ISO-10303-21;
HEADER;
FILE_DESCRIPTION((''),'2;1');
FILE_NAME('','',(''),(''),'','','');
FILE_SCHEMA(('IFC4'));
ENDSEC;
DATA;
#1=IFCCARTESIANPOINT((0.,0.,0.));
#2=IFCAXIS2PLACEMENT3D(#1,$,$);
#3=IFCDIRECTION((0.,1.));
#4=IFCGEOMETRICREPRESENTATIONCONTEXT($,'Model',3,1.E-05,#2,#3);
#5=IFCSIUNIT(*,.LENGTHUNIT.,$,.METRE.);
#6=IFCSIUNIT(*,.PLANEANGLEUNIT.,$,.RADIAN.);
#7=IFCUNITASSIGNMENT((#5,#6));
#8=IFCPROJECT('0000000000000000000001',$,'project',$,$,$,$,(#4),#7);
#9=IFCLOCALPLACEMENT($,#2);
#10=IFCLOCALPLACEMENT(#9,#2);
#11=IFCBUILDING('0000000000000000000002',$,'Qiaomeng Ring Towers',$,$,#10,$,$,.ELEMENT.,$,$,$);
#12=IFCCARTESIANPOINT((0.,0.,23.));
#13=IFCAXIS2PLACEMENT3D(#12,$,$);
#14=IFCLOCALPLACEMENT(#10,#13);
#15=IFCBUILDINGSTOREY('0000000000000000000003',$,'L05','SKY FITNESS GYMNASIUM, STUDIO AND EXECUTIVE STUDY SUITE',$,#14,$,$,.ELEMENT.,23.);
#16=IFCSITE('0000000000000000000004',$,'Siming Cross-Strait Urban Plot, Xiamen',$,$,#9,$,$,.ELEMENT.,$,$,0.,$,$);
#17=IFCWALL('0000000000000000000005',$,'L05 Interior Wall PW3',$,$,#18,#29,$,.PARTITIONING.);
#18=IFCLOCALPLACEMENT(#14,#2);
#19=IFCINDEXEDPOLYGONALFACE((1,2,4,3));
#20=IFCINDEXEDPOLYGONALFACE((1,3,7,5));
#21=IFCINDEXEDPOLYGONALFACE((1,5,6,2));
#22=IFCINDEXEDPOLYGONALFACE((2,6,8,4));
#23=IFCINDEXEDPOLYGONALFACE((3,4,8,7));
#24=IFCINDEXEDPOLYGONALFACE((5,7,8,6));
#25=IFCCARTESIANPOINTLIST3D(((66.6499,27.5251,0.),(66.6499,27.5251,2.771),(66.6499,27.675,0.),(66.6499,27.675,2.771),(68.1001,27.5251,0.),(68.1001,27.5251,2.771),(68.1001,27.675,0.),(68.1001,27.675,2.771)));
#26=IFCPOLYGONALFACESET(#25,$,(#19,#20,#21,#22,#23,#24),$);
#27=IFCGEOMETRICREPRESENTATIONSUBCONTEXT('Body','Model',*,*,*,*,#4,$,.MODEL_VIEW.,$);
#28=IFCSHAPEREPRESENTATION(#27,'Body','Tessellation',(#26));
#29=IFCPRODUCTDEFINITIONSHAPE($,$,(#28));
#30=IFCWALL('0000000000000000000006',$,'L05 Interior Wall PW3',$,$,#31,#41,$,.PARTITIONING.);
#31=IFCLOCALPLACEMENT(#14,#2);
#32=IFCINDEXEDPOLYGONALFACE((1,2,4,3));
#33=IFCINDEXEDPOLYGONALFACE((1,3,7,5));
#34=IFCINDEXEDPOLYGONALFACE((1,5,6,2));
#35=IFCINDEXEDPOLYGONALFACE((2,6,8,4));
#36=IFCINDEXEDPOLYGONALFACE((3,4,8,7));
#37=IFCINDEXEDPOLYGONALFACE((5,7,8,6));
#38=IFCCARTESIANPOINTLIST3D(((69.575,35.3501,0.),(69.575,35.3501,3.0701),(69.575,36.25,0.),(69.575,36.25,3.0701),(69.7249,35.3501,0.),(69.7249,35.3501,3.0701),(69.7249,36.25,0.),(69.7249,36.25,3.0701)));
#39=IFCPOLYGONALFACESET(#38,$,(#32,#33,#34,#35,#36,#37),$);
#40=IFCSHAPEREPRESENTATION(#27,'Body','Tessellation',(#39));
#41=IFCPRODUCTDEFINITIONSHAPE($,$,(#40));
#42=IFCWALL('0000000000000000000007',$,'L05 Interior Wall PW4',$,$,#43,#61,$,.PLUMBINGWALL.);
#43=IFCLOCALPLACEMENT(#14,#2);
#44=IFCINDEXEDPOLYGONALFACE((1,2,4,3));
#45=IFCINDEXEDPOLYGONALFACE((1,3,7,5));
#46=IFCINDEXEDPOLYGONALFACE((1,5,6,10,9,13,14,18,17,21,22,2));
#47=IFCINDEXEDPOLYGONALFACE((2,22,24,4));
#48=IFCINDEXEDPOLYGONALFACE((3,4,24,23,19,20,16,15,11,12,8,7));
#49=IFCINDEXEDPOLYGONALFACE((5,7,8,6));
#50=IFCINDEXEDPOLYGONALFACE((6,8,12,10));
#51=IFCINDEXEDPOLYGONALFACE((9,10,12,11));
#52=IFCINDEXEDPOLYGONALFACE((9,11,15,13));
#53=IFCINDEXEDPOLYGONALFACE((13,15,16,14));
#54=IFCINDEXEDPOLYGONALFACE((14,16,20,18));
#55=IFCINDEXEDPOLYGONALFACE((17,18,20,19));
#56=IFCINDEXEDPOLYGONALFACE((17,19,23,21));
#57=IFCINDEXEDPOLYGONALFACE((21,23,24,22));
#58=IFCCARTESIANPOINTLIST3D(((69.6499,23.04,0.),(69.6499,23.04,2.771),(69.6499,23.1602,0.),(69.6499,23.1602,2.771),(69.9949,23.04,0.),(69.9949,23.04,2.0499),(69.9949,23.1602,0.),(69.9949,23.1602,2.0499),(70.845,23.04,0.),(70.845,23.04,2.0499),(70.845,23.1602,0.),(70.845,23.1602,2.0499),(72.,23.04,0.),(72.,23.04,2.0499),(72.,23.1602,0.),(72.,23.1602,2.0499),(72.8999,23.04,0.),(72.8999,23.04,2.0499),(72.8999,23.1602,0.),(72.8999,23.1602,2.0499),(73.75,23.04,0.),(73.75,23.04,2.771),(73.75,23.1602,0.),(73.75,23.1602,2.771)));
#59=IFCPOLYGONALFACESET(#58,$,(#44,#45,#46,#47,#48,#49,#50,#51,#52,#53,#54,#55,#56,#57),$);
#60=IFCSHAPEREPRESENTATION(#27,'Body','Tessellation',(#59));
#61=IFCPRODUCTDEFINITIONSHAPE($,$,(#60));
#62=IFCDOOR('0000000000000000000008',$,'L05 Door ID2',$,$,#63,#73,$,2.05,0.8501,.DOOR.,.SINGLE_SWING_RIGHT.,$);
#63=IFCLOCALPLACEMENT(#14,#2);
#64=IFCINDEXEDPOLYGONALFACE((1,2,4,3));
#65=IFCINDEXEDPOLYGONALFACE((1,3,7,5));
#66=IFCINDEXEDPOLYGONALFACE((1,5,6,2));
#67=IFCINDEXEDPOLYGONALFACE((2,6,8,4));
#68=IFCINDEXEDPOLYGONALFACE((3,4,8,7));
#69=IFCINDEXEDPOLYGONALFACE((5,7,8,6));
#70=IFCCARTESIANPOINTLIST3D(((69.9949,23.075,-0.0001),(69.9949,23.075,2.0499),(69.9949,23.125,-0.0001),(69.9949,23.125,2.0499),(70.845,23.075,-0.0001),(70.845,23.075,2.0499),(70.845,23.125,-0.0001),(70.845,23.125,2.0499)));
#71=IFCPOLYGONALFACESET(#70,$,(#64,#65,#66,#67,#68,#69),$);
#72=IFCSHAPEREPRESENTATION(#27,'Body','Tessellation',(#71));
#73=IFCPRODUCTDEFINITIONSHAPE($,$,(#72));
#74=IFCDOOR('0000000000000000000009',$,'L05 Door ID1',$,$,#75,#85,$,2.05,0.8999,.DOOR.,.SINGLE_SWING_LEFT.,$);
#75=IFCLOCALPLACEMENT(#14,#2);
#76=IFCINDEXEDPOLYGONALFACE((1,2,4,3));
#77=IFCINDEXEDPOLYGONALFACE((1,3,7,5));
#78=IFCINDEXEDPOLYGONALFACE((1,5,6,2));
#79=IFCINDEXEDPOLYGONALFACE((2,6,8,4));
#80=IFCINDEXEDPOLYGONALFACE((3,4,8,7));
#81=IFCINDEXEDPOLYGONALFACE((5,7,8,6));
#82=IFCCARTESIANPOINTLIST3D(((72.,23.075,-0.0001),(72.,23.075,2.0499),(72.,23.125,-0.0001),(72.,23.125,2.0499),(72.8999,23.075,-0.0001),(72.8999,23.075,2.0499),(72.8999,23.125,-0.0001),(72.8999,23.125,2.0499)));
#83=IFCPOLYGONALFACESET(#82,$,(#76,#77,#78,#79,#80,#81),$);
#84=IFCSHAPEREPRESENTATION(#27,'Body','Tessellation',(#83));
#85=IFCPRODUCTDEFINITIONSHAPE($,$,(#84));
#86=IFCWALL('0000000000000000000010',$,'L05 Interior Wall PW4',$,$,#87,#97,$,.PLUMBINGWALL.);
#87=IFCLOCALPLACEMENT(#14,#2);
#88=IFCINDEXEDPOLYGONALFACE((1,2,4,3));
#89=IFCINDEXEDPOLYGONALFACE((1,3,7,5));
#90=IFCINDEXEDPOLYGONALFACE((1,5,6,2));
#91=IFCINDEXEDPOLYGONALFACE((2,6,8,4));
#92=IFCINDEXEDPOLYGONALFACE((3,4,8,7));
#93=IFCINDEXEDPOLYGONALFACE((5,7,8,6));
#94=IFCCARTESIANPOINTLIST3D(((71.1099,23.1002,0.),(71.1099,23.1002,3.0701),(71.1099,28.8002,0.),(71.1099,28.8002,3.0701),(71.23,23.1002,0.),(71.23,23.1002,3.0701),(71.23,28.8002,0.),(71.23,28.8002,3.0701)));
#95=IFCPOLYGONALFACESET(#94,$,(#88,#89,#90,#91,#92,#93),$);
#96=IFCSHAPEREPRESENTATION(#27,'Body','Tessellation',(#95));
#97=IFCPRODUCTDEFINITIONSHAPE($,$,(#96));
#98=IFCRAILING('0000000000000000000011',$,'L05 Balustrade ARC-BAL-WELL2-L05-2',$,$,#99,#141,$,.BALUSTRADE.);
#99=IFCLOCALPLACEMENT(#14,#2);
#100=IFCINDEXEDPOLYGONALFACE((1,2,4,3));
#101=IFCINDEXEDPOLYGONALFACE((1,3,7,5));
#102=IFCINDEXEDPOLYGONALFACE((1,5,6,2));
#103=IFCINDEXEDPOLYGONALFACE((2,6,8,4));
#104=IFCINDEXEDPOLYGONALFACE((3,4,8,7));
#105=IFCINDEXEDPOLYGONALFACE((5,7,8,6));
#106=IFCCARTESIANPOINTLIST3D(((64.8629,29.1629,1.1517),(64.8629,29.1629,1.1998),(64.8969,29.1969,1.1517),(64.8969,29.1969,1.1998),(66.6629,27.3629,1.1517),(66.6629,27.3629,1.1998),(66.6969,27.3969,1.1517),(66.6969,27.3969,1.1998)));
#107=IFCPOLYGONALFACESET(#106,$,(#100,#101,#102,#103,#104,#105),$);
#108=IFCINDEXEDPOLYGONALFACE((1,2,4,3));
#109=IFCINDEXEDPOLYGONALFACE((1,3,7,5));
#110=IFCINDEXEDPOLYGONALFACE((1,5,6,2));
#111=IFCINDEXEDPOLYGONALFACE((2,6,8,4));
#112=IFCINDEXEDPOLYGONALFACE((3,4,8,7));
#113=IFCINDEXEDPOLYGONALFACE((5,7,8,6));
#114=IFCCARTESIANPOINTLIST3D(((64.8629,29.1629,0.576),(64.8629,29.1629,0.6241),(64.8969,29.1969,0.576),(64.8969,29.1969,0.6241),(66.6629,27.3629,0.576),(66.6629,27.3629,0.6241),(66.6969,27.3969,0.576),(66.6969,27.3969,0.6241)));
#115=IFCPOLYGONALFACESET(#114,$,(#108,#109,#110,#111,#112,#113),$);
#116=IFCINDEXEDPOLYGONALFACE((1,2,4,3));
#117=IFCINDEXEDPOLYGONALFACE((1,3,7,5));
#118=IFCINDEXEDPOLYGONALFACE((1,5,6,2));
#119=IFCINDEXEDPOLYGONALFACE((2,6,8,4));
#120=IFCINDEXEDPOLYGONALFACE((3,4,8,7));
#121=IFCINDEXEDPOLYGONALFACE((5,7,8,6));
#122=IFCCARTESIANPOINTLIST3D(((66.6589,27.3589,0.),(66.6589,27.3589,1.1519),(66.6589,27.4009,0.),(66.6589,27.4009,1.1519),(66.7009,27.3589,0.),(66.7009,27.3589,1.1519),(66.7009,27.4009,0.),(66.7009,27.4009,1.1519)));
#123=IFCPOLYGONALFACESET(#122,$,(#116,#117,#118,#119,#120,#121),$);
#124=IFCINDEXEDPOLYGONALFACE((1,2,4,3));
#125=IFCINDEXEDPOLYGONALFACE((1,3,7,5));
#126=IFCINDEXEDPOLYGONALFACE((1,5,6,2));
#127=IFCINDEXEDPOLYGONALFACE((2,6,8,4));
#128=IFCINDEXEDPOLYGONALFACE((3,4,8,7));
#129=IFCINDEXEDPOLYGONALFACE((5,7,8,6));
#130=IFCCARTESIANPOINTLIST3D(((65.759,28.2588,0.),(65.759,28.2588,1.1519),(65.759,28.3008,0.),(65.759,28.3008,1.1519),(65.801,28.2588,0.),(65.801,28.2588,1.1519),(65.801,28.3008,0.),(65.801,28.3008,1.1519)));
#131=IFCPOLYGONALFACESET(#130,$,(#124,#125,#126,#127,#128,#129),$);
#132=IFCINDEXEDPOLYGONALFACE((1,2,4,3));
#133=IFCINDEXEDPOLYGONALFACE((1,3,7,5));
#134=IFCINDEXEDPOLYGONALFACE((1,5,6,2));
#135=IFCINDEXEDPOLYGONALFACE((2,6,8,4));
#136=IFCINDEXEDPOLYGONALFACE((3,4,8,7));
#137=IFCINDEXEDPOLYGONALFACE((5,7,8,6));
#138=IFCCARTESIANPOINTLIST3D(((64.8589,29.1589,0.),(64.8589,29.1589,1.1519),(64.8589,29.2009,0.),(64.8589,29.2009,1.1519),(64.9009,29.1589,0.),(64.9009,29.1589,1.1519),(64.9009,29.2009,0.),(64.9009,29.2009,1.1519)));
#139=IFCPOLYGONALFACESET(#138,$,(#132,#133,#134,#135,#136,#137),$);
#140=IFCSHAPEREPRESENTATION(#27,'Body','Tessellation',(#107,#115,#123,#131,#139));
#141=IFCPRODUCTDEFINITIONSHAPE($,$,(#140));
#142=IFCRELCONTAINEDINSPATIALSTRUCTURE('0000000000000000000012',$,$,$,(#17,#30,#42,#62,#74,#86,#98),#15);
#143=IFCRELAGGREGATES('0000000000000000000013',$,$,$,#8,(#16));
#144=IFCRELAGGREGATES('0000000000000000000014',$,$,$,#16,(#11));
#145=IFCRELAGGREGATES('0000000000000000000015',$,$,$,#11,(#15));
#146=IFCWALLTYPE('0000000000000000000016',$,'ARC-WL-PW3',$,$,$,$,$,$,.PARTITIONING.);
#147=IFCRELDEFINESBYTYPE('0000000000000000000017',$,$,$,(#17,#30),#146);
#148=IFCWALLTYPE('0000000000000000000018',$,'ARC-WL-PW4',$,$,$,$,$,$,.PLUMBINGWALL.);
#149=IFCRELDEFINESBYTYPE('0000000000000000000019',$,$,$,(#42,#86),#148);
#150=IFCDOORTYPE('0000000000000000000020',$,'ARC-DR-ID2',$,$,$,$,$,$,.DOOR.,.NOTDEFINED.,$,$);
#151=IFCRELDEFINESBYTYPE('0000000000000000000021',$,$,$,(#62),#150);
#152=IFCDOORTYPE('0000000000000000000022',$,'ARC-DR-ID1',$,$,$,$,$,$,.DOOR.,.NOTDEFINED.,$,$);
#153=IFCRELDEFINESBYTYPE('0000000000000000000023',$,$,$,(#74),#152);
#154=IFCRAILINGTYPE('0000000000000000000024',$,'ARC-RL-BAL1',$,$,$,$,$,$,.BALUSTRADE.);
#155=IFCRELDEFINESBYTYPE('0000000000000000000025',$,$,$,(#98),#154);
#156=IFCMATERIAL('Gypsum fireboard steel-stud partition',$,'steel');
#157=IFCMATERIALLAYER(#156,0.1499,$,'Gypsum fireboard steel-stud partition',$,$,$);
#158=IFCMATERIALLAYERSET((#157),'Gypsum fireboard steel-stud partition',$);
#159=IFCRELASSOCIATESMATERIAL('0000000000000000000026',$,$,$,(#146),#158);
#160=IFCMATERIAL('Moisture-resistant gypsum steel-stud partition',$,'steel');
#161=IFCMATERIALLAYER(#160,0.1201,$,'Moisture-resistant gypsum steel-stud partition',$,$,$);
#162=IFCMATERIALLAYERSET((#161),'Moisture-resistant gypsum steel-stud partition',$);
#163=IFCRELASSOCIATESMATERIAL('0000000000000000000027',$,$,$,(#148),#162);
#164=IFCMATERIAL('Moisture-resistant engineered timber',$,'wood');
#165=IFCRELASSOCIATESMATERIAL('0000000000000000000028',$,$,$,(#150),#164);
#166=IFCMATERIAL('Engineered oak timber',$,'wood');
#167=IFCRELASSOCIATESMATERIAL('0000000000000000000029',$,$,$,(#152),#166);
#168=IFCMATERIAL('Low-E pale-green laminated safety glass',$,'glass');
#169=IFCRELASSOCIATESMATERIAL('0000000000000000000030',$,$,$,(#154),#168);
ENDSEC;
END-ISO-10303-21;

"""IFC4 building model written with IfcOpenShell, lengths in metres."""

from ifc_helpers import new_model, si_unit, direction, frame, frame_2d, origin, origin_2d, place, context, subcontext, project, spatial, rectangle, extrude, source, transform, mapped, material, layer, layer_set, type_object, element, fill, save


model = new_model("IFC4")

# Units and contexts
model_context = context("Model", 3, precision=1e-05, world=origin(), true_north=direction((0.0, 1.0)))
body_context = subcontext(model_context, "Body", "Model", "MODEL_VIEW")
ifc_project = project(units=[si_unit("LENGTHUNIT", "METRE"), si_unit("PLANEANGLEUNIT", "RADIAN")], contexts=[model_context])

# Site, building, storey
site_placement = place(None, origin())
site = spatial("IfcSite", under=ifc_project, at=site_placement, Name="Siming Cross-Strait Urban Plot, Xiamen", CompositionType="ELEMENT", RefElevation=0.0)
building_placement = place(site_placement, origin())
building = spatial("IfcBuilding", under=site, at=building_placement, Name="Qiaomeng Ring Towers", CompositionType="ELEMENT")
storey_placement = place(building_placement, frame((0.0, 0.0, 23.0)))
storey = spatial("IfcBuildingStorey", under=building, at=storey_placement, Name="L05", Description="SKY FITNESS GYMNASIUM, STUDIO AND EXECUTIVE STUDY SUITE", CompositionType="ELEMENT", Elevation=23.0)

# Walls
ifc_material_1 = material(Name="Gypsum fireboard steel-stud partition", Category="steel")
ifc_layer_1 = layer(ifc_material_1, 0.1499, Name="Gypsum fireboard steel-stud partition")
ifc_layer_set_1 = layer_set([ifc_layer_1], Name="Gypsum fireboard steel-stud partition")
wall_type_1 = type_object("IfcWallType", Name="ARC-WL-PW3", PredefinedType="PARTITIONING", material=ifc_layer_set_1)
wall_1_placement = place(storey_placement, frame((66.6499, 27.6001, 0.0), z_axis=(0.0, 0.0, 1.0), x_axis=(1.0, 0.0, 0.0)))
element("IfcWall", 1, at=wall_1_placement, inside=storey, type_object=wall_type_1, Name="L05 Interior Wall PW3", PredefinedType="PARTITIONING", context=body_context, shape_type="SweptSolid", body=[
    extrude(rectangle(XDim=1.4502, YDim=0.1499, at=frame_2d((0.7251, 0.0))), origin(), (0.0, 0.0, 1.0), 2.771),
])
wall_2_placement = place(storey_placement, frame((69.6499, 35.3501, 0.0), z_axis=(0.0, 0.0, 1.0), x_axis=(0.0, 1.0, 0.0)))
element("IfcWall", 2, at=wall_2_placement, inside=storey, type_object=wall_type_1, Name="L05 Interior Wall PW3", PredefinedType="PARTITIONING", context=body_context, shape_type="SweptSolid", body=[
    extrude(rectangle(XDim=0.8999, YDim=0.1499, at=frame_2d((0.45, 0.0))), origin(), (0.0, 0.0, 1.0), 3.0701),
])

# Wall, openings, doors
ifc_material_2 = material(Name="Moisture-resistant gypsum steel-stud partition", Category="steel")
ifc_layer_2 = layer(ifc_material_2, 0.1201, Name="Moisture-resistant gypsum steel-stud partition")
ifc_layer_set_2 = layer_set([ifc_layer_2], Name="Moisture-resistant gypsum steel-stud partition")
wall_type_2 = type_object("IfcWallType", Name="ARC-WL-PW4", PredefinedType="PLUMBINGWALL", material=ifc_layer_set_2)
wall_3_placement = place(storey_placement, frame((69.6499, 23.1001, 0.0), z_axis=(0.0, 0.0, 1.0), x_axis=(1.0, 0.0, 0.0)))
wall_3 = element("IfcWall", 3, at=wall_3_placement, inside=storey, type_object=wall_type_2, Name="L05 Interior Wall PW4", PredefinedType="PLUMBINGWALL", context=body_context, shape_type="SweptSolid", body=[
    extrude(rectangle(XDim=4.1001, YDim=0.1201, at=frame_2d((2.05, 0.0))), origin(), (0.0, 0.0, 1.0), 2.771),
])
opening_1_placement = place(wall_3_placement, frame((0.345, 0.0, 0.0)))
opening_1 = element("IfcOpeningElement", 4, at=opening_1_placement, cuts=wall_3, PredefinedType="OPENING", context=body_context, shape_type="SweptSolid", body=[
    extrude(rectangle(XDim=0.8501, YDim=2.05, at=frame_2d((0.425, 1.0249))), frame((0.0, 0.0701, 0.0), z_axis=(0.0, -1.0, 0.0), x_axis=(1.0, 0.0, 0.0)), (0.0, 0.0, 1.0), 0.1401),
])
opening_2_placement = place(wall_3_placement, frame((2.3501, 0.0, 0.0)))
opening_2 = element("IfcOpeningElement", 5, at=opening_2_placement, cuts=wall_3, PredefinedType="OPENING", context=body_context, shape_type="SweptSolid", body=[
    extrude(rectangle(XDim=0.8999, YDim=2.05, at=frame_2d((0.45, 1.0249))), frame((0.0, 0.0701, 0.0), z_axis=(0.0, -1.0, 0.0), x_axis=(1.0, 0.0, 0.0)), (0.0, 0.0, 1.0), 0.1401),
])
ifc_material_3 = material(Name="Moisture-resistant engineered timber", Category="wood")
door_type_1 = type_object("IfcDoorType", Name="ARC-DR-ID2", OperationType="NOTDEFINED", PredefinedType="DOOR", material=ifc_material_3)
shared_shape_1 = source(origin(), body_context, "Body", "SweptSolid", [
    extrude(rectangle(XDim=0.8501, YDim=2.05, at=frame_2d((0.425, 1.0249))), frame((0.0, 0.0249, 0.0), z_axis=(0.0, -1.0, 0.0), x_axis=(1.0, 0.0, 0.0)), (0.0, 0.0, 1.0), 0.05),
])
door_1_placement = place(opening_1_placement, origin())
door_1 = element("IfcDoor", 6, at=door_1_placement, inside=storey, type_object=door_type_1, Name="L05 Door ID2", OperationType="SINGLE_SWING_RIGHT", OverallHeight=2.05, OverallWidth=0.8501, PredefinedType="DOOR", context=body_context, shape_type="MappedRepresentation", body=[
    mapped(shared_shape_1, transform((0.0, 0.0, 0.0), x_axis=(1.0, 0.0, 0.0), y_axis=(0.0, 1.0, 0.0), z_axis=(0.0, 0.0, 1.0), scale=1.0)),
])
fill(opening_1, door_1)
ifc_material_4 = material(Name="Engineered oak timber", Category="wood")
door_type_2 = type_object("IfcDoorType", Name="ARC-DR-ID1", OperationType="NOTDEFINED", PredefinedType="DOOR", material=ifc_material_4)
shared_shape_2 = source(origin(), body_context, "Body", "SweptSolid", [
    extrude(rectangle(XDim=0.8999, YDim=2.05, at=frame_2d((0.45, 1.0249))), frame((0.0, 0.0249, 0.0), z_axis=(0.0, -1.0, 0.0), x_axis=(1.0, 0.0, 0.0)), (0.0, 0.0, 1.0), 0.05),
])
door_2_placement = place(opening_2_placement, origin())
door_2 = element("IfcDoor", 7, at=door_2_placement, inside=storey, type_object=door_type_2, Name="L05 Door ID1", OperationType="SINGLE_SWING_LEFT", OverallHeight=2.05, OverallWidth=0.8999, PredefinedType="DOOR", context=body_context, shape_type="MappedRepresentation", body=[
    mapped(shared_shape_2, transform((0.0, 0.0, 0.0), x_axis=(1.0, 0.0, 0.0), y_axis=(0.0, 1.0, 0.0), z_axis=(0.0, 0.0, 1.0), scale=1.0)),
])
fill(opening_2, door_2)

# Wall
wall_4_placement = place(storey_placement, frame((71.1699, 23.1001, 0.0), z_axis=(0.0, 0.0, 1.0), x_axis=(0.0, 1.0, 0.0)))
element("IfcWall", 8, at=wall_4_placement, inside=storey, type_object=wall_type_2, Name="L05 Interior Wall PW4", PredefinedType="PLUMBINGWALL", context=body_context, shape_type="SweptSolid", body=[
    extrude(rectangle(XDim=5.7, YDim=0.1201, at=frame_2d((2.8501, 0.0))), origin(), (0.0, 0.0, 1.0), 3.0701),
])

# Railing
ifc_material_5 = material(Name="Low-E pale-green laminated safety glass", Category="glass")
railing_type = type_object("IfcRailingType", Name="ARC-RL-BAL1", PredefinedType="BALUSTRADE", material=ifc_material_5)
railing_1_placement = place(storey_placement, frame((66.6799, 27.3799, 0.0)))
element("IfcRailing", 9, at=railing_1_placement, inside=storey, type_object=railing_type, Name="L05 Balustrade ARC-BAL-WELL2-L05-2", PredefinedType="BALUSTRADE", context=body_context, shape_type="SweptSolid", body=[
    extrude(rectangle(XDim=0.0481, YDim=0.0481, at=origin_2d()), frame((0.0, 0.0, 1.1758), z_axis=(-0.707107, 0.707107, 0.0), x_axis=(-0.707107, -0.707107, 0.0)), (0.0, 0.0, 1.0), 2.5457),
    extrude(rectangle(XDim=0.0481, YDim=0.0481, at=origin_2d()), frame((0.0, 0.0, 0.6001), z_axis=(-0.707107, 0.707107, 0.0), x_axis=(-0.707107, -0.707107, 0.0)), (0.0, 0.0, 1.0), 2.5457),
    extrude(rectangle(XDim=0.042, YDim=0.042, at=origin_2d()), origin(), (0.0, 0.0, 1.0), 1.1519),
    extrude(rectangle(XDim=0.042, YDim=0.042, at=origin_2d()), frame((-0.8999, 0.8999, 0.0)), (0.0, 0.0, 1.0), 1.1519),
    extrude(rectangle(XDim=0.042, YDim=0.042, at=origin_2d()), frame((-1.8, 1.8, 0.0)), (0.0, 0.0, 1.0), 1.1519),
])

save(model, "model.ifc")
